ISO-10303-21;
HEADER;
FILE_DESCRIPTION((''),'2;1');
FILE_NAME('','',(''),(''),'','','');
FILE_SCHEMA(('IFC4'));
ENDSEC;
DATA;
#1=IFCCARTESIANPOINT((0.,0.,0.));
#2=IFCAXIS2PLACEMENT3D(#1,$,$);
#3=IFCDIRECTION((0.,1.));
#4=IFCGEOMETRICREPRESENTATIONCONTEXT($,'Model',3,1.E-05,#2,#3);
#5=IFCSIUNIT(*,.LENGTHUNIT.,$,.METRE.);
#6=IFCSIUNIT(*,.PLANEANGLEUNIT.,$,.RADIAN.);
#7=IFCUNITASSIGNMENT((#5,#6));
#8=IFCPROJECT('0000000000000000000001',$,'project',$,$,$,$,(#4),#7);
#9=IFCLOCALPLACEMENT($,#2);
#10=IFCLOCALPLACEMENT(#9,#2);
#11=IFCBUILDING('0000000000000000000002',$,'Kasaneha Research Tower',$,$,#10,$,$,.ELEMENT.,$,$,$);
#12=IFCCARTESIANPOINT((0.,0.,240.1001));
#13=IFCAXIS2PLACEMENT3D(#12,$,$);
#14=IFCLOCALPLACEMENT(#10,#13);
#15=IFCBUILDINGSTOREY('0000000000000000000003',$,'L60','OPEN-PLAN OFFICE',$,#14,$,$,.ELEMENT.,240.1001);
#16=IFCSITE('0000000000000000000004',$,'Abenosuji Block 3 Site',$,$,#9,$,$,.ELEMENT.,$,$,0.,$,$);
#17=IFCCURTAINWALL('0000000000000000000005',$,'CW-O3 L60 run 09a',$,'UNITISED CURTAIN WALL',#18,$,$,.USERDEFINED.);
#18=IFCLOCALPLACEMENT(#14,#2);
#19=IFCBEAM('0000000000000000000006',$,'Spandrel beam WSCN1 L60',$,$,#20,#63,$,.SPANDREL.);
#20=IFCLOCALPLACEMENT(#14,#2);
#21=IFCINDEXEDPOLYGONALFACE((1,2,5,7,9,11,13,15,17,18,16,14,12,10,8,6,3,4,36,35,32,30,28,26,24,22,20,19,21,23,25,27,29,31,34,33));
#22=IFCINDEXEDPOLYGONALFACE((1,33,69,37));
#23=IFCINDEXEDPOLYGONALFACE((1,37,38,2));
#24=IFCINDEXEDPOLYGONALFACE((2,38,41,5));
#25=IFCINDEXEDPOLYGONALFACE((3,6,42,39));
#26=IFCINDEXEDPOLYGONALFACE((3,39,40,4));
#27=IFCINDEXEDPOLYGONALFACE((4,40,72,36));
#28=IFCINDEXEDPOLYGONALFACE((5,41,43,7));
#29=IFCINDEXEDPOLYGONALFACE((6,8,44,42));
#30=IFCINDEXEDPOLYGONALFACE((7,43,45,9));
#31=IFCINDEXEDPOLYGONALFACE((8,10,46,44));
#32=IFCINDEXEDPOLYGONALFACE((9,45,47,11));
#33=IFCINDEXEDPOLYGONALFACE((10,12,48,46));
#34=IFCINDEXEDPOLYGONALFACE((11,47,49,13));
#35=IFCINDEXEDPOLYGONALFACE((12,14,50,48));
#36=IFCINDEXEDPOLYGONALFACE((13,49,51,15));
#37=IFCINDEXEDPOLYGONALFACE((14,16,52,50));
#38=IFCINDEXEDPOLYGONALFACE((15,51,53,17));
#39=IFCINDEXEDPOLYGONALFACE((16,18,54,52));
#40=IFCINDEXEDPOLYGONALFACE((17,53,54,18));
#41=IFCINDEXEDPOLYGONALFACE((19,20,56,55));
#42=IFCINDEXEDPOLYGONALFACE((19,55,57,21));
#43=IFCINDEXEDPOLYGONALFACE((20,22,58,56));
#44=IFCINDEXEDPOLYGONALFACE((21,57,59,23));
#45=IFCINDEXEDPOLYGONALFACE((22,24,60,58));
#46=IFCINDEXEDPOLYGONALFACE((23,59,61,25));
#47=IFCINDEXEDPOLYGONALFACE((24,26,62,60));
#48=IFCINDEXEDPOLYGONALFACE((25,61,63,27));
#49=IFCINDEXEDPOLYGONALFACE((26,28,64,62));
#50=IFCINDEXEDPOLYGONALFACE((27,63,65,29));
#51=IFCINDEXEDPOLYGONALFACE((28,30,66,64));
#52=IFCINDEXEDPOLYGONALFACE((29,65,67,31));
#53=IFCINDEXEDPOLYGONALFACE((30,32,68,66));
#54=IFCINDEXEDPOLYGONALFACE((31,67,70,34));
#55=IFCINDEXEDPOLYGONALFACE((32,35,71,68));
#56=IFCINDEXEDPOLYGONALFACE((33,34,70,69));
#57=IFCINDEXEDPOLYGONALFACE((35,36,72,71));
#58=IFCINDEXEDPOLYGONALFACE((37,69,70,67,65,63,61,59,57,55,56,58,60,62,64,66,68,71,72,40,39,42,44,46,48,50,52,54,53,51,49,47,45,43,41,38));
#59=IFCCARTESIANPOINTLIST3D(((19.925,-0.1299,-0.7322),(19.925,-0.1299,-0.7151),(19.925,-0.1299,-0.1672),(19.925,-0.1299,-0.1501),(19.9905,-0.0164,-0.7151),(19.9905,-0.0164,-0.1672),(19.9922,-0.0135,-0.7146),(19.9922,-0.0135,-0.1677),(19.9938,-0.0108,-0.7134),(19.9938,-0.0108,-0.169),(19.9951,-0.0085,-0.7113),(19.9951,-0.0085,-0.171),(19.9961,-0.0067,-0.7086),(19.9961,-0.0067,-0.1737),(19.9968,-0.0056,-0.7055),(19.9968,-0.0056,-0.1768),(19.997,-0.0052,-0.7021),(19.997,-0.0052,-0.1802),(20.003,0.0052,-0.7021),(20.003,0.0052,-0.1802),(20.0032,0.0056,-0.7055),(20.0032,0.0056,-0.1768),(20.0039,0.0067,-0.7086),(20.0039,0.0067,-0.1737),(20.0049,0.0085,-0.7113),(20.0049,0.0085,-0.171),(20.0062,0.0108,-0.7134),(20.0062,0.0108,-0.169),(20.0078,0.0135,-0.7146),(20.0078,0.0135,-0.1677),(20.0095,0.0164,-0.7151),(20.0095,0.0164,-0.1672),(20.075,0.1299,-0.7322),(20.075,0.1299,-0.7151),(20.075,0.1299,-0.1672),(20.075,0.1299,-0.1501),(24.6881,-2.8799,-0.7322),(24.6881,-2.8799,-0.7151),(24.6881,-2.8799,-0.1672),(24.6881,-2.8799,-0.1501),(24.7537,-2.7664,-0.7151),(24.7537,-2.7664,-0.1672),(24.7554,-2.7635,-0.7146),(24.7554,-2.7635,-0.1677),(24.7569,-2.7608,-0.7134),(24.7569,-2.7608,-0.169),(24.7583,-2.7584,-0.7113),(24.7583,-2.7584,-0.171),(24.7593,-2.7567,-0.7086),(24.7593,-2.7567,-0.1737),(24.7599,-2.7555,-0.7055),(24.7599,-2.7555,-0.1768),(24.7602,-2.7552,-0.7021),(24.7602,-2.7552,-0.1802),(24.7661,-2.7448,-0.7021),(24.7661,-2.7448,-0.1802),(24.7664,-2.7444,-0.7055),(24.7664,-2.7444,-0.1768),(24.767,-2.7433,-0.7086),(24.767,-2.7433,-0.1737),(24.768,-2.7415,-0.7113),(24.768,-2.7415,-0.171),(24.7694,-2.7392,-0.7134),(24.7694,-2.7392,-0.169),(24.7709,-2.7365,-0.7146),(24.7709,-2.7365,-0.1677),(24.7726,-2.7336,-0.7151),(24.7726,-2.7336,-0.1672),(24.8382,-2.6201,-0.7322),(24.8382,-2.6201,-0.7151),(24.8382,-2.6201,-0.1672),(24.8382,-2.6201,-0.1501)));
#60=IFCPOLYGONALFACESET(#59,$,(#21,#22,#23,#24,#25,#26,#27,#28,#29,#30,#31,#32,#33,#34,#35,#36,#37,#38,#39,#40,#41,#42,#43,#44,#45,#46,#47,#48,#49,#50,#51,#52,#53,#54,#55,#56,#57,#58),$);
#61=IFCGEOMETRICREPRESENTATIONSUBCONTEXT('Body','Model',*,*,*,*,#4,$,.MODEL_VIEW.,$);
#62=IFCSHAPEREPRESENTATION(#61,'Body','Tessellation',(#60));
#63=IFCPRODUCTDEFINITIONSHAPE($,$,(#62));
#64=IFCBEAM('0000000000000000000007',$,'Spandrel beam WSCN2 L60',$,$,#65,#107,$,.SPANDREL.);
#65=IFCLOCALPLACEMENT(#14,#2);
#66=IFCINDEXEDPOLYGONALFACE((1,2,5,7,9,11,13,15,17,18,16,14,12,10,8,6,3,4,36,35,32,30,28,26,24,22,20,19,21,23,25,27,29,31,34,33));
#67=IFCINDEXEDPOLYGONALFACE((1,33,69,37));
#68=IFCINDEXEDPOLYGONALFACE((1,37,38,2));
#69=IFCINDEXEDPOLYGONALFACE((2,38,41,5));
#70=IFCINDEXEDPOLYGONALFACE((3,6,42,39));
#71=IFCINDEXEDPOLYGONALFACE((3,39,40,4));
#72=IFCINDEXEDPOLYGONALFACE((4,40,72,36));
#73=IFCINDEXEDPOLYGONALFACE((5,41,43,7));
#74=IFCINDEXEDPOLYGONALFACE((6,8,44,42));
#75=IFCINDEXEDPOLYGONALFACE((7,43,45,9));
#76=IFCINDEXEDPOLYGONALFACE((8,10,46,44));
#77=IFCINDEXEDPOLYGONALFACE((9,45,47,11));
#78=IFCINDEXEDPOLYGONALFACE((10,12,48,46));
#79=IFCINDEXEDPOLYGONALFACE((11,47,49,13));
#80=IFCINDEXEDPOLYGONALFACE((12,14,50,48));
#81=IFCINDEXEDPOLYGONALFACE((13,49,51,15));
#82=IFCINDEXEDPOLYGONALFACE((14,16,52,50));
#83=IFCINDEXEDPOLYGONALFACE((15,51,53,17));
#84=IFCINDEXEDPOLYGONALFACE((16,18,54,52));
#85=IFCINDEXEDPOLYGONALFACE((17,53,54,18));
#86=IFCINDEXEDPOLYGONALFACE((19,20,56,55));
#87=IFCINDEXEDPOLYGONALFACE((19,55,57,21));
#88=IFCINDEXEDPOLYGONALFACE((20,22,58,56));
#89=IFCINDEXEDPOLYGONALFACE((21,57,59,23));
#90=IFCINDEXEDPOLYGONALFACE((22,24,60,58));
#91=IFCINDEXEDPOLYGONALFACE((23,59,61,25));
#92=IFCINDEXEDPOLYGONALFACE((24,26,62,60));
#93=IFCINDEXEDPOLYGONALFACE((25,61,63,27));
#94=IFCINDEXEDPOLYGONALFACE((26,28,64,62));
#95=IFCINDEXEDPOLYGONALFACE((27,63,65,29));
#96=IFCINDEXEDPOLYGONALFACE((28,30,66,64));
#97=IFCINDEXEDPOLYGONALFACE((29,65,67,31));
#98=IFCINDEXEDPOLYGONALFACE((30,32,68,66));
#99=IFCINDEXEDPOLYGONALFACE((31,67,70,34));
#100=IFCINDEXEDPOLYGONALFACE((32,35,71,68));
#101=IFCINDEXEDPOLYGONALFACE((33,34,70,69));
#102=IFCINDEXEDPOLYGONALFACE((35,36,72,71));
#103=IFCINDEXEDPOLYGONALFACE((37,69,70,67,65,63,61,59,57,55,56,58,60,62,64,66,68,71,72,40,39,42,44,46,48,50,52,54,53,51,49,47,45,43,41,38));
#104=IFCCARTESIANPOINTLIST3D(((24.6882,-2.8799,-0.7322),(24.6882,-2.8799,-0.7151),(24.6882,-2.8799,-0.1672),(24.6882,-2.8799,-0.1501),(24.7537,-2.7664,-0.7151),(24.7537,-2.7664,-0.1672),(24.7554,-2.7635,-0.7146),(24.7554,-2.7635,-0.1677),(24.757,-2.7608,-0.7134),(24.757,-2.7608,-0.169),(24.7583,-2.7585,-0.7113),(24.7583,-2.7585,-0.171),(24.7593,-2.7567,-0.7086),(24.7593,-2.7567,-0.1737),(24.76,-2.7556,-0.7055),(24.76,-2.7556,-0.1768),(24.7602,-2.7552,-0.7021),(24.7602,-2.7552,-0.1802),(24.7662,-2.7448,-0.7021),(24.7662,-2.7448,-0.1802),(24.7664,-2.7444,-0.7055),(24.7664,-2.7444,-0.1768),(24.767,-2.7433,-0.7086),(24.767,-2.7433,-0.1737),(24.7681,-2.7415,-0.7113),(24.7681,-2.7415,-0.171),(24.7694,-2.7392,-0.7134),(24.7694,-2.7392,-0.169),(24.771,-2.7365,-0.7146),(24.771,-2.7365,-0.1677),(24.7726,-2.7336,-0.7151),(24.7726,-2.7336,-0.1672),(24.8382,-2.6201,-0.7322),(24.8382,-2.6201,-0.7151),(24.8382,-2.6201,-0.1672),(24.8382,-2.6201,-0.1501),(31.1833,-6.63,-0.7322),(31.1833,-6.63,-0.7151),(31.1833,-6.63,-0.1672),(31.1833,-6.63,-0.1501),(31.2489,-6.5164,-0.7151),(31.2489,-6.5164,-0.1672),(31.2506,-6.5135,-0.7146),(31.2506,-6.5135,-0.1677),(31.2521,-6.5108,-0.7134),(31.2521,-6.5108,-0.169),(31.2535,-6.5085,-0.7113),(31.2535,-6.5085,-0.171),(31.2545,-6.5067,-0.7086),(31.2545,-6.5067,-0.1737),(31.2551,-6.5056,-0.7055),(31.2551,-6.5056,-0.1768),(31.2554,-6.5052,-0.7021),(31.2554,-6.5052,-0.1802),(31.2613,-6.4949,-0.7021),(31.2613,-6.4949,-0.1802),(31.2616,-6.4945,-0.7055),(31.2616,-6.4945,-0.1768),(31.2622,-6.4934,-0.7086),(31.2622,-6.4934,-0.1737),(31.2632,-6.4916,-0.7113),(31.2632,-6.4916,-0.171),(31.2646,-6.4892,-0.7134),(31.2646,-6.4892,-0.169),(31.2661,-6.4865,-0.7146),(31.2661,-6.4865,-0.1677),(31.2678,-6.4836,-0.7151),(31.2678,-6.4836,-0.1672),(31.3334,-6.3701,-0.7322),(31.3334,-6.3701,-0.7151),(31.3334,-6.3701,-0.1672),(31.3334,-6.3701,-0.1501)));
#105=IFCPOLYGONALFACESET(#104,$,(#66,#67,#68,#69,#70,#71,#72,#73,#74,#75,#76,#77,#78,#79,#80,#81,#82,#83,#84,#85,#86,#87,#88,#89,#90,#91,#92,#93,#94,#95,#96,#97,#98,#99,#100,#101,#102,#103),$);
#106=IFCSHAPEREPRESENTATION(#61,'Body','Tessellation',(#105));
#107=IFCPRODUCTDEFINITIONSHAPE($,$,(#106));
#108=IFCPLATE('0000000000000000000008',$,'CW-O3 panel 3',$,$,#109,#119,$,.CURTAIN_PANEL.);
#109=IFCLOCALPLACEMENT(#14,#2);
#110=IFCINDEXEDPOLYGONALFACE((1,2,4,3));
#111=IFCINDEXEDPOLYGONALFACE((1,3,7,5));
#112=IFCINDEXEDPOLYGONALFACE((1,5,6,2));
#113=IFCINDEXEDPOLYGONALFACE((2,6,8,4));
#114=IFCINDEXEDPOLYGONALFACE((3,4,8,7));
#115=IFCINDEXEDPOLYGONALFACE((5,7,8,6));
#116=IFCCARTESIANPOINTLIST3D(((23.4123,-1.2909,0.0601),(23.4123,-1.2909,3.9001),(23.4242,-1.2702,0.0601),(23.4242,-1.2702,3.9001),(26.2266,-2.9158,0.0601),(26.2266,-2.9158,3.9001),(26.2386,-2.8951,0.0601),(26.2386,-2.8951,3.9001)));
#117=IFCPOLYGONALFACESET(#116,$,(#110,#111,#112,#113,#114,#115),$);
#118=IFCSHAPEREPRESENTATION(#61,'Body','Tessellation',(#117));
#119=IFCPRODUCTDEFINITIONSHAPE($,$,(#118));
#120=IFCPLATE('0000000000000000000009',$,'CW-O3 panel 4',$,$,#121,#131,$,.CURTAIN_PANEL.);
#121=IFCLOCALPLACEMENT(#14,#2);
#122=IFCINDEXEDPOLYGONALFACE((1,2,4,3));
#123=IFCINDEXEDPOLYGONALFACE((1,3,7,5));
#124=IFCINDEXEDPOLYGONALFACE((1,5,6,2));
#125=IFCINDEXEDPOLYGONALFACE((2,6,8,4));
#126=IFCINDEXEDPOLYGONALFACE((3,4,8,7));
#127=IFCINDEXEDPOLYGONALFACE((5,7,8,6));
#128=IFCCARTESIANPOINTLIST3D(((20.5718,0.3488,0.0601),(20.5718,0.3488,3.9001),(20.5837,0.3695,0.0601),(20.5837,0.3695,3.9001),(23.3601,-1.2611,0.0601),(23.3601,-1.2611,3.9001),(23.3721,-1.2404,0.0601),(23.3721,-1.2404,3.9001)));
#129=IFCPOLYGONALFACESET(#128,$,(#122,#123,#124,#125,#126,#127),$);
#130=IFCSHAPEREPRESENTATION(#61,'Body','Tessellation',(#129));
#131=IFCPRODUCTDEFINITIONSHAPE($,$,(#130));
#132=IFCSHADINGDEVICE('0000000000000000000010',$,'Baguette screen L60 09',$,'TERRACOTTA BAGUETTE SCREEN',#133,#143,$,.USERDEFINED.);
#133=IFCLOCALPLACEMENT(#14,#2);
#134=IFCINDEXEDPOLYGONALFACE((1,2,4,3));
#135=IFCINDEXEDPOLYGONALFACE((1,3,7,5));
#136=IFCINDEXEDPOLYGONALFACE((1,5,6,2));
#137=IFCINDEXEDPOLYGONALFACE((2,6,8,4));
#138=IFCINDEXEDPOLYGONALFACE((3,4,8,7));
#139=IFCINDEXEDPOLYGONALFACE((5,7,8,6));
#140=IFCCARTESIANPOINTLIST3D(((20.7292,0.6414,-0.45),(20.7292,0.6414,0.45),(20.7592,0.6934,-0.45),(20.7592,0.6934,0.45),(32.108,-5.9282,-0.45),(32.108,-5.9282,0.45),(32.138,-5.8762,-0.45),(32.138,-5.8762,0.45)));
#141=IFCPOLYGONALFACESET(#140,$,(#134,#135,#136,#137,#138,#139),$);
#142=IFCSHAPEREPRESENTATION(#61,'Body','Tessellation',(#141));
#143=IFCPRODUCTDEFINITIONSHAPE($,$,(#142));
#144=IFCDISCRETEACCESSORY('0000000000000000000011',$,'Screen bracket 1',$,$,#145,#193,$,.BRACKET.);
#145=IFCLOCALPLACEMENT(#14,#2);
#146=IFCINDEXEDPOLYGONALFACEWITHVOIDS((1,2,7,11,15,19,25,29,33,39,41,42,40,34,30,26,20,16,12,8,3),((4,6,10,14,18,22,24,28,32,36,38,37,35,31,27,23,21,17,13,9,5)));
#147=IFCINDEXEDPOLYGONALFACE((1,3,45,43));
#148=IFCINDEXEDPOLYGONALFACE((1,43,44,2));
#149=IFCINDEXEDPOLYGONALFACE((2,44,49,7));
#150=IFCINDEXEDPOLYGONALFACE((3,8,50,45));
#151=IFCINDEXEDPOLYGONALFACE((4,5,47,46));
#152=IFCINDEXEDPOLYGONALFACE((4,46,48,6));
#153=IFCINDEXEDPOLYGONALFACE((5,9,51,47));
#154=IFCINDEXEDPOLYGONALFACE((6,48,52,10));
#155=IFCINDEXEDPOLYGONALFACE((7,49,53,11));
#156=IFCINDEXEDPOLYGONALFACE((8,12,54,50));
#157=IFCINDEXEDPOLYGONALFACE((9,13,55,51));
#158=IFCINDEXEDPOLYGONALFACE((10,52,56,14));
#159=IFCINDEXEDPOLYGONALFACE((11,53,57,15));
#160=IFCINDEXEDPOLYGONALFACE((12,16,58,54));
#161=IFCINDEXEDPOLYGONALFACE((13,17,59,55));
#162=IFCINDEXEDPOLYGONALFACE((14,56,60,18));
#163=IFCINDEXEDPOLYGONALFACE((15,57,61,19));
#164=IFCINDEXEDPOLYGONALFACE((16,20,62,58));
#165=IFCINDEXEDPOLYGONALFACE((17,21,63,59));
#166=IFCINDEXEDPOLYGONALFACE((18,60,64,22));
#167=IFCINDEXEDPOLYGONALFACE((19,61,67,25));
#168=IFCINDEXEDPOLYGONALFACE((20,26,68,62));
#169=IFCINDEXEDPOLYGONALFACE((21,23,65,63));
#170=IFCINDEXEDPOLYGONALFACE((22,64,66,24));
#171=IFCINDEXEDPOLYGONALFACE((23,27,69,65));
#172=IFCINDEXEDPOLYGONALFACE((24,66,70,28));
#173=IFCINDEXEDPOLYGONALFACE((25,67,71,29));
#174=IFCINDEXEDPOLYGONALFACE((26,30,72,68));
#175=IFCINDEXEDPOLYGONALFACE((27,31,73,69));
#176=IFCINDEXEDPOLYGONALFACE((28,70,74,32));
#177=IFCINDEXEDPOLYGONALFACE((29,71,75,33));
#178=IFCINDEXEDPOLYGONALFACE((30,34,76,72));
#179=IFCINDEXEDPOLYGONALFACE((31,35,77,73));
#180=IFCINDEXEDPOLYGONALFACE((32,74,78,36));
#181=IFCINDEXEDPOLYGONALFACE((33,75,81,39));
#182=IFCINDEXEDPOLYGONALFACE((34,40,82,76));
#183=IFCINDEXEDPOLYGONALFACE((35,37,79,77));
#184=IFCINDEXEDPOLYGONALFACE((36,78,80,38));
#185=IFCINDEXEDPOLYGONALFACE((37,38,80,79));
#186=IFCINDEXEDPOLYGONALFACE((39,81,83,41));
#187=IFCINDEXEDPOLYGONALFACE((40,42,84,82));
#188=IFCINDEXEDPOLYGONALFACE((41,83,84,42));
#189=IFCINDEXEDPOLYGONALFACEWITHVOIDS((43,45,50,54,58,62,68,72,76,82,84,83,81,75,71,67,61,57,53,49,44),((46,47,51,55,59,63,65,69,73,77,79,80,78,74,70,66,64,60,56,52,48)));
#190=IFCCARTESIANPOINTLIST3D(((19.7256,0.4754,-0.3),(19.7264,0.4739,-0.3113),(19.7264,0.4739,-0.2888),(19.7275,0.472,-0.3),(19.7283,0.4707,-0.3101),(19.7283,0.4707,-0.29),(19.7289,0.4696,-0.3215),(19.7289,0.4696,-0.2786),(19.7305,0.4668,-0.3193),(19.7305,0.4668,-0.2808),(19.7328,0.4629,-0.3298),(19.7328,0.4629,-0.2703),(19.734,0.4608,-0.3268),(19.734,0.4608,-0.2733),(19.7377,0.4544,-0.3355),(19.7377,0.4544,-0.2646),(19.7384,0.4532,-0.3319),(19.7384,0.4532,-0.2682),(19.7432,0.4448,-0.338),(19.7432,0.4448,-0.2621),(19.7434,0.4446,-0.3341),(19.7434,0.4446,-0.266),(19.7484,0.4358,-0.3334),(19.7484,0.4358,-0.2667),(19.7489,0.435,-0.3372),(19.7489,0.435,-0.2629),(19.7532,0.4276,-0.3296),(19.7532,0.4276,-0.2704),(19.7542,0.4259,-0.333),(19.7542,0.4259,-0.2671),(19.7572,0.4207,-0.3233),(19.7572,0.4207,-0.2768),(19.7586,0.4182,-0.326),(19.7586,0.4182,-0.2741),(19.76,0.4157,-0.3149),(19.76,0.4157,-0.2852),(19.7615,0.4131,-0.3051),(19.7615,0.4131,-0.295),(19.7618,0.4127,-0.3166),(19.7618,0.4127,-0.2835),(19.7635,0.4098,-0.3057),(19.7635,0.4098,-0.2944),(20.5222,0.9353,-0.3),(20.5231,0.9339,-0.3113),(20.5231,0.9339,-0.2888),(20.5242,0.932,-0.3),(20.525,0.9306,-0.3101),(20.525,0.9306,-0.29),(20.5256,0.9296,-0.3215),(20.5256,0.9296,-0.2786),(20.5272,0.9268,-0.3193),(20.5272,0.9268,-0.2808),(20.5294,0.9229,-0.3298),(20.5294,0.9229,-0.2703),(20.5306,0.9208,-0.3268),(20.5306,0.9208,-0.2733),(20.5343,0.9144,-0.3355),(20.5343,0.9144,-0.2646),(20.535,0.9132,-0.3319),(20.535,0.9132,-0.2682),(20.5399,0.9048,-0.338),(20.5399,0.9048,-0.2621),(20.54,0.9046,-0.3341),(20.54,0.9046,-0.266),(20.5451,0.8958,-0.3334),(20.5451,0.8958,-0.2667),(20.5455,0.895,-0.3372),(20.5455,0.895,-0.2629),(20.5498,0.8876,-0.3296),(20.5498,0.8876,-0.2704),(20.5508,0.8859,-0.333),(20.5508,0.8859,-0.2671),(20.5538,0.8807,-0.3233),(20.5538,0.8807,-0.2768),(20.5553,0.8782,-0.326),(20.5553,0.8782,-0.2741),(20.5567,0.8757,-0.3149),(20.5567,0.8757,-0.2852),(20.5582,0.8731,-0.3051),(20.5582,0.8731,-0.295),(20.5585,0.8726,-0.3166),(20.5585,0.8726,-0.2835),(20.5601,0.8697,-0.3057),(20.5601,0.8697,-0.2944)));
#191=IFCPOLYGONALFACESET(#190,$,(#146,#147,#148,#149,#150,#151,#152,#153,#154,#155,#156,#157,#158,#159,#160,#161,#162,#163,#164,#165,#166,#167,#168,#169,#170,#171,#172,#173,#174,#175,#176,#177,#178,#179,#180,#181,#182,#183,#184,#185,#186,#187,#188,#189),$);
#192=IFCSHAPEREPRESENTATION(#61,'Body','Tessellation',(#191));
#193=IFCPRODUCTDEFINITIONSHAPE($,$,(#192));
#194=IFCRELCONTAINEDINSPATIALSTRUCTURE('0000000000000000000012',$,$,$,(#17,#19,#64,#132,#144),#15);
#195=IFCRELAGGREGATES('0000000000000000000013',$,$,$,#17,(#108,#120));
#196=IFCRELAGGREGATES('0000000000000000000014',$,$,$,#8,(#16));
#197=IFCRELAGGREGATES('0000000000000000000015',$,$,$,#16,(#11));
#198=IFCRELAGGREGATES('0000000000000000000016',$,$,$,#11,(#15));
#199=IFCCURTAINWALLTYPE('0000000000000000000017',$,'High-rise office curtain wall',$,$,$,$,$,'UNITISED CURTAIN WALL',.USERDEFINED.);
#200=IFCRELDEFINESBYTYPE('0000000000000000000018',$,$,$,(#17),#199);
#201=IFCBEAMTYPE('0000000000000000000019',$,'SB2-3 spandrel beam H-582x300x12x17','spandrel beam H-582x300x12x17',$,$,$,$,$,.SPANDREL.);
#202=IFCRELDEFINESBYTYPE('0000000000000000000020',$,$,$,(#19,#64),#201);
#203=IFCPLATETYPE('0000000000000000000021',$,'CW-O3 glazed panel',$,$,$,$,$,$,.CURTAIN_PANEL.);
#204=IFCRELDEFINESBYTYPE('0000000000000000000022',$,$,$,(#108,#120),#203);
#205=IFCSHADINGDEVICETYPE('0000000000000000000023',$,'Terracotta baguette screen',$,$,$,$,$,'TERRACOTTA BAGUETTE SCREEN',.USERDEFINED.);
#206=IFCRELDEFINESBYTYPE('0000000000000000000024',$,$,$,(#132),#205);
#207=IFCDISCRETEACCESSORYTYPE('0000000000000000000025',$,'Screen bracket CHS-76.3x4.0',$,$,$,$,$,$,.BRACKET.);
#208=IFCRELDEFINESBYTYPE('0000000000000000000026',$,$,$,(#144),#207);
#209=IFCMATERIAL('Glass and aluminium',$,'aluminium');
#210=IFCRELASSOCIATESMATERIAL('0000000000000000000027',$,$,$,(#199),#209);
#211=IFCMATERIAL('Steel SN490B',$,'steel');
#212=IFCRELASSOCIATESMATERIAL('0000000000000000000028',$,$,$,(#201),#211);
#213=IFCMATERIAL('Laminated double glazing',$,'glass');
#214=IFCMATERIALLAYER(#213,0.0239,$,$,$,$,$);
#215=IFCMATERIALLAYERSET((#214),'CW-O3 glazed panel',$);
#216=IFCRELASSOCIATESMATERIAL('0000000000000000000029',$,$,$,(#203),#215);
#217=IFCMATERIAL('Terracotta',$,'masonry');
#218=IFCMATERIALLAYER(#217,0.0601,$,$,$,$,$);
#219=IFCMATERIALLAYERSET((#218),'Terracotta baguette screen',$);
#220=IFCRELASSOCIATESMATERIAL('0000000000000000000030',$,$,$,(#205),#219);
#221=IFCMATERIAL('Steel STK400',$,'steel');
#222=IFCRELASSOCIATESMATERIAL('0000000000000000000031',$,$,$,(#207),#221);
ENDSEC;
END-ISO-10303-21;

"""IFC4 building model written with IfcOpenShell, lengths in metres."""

from ifc_helpers import new_model, si_unit, direction, frame, origin, origin_2d, place, context, subcontext, project, spatial, rectangle, hollow_circle, i_section, extrude, material, layer, layer_set, material_profile, profile_set, type_object, element, aggregate, save


model = new_model("IFC4")

# Units and contexts
model_context = context("Model", 3, precision=1e-05, world=origin(), true_north=direction((0.0, 1.0)))
body_context = subcontext(model_context, "Body", "Model", "MODEL_VIEW")
ifc_project = project(units=[si_unit("LENGTHUNIT", "METRE"), si_unit("PLANEANGLEUNIT", "RADIAN")], contexts=[model_context])

# Site, building, storey
site_placement = place(None, origin())
site = spatial("IfcSite", under=ifc_project, at=site_placement, Name="Abenosuji Block 3 Site", CompositionType="ELEMENT", RefElevation=0.0)
building_placement = place(site_placement, origin())
building = spatial("IfcBuilding", under=site, at=building_placement, Name="Kasaneha Research Tower", CompositionType="ELEMENT")
storey_placement = place(building_placement, frame((0.0, 0.0, 240.1001)))
storey = spatial("IfcBuildingStorey", under=building, at=storey_placement, Name="L60", Description="OPEN-PLAN OFFICE", CompositionType="ELEMENT", Elevation=240.1001)

# Shared definitions
ifc_material_1 = material(Name="Glass and aluminium", Category="aluminium")
curtain_wall_type = type_object("IfcCurtainWallType", Name="High-rise office curtain wall", ElementType="UNITISED CURTAIN WALL", PredefinedType="USERDEFINED", material=ifc_material_1)

# Curtain wall
curtain_wall_1_placement = place(storey_placement, origin())
curtain_wall_1 = element("IfcCurtainWall", 1, at=curtain_wall_1_placement, inside=storey, type_object=curtain_wall_type, Name="CW-O3 L60 run 09a", ObjectType="UNITISED CURTAIN WALL", PredefinedType="USERDEFINED")

# Beams
ifc_material_2 = material(Name="Steel SN490B", Category="steel")
ifc_material_profile_1 = material_profile(ifc_material_2, i_section(OverallWidth=0.3, OverallDepth=0.582, WebThickness=0.012, FlangeThickness=0.0171, FilletRadius=0.0129, at=origin_2d()), Name="H-582x300x12x17")
ifc_profile_set_1 = profile_set([ifc_material_profile_1], Name="Steel SN490B")
beam_type_1 = type_object("IfcBeamType", Name="SB2-3 spandrel beam H-582x300x12x17", Description="spandrel beam H-582x300x12x17", PredefinedType="SPANDREL", material=ifc_profile_set_1)
beam_1_placement = place(storey_placement, frame((20.0, 0.0, -0.4412), z_axis=(0.866027, -0.499997, 0.0), x_axis=(0.499997, 0.866027, 0.0)))
element("IfcBeam", 2, at=beam_1_placement, inside=storey, type_object=beam_type_1, Name="Spandrel beam WSCN1 L60", PredefinedType="SPANDREL", context=body_context, shape_type="SweptSolid", body=[
    extrude(i_section(OverallWidth=0.3, OverallDepth=0.582, WebThickness=0.012, FlangeThickness=0.0171, FilletRadius=0.0129, at=origin_2d()), origin(), (0.0, 0.0, 1.0), 5.5),
])
beam_2_placement = place(storey_placement, frame((24.7632, -2.75, -0.4412), z_axis=(0.866023, -0.500004, 0.0), x_axis=(0.500004, 0.866023, 0.0)))
element("IfcBeam", 3, at=beam_2_placement, inside=storey, type_object=beam_type_1, Name="Spandrel beam WSCN2 L60", PredefinedType="SPANDREL", context=body_context, shape_type="SweptSolid", body=[
    extrude(i_section(OverallWidth=0.3, OverallDepth=0.582, WebThickness=0.012, FlangeThickness=0.0171, FilletRadius=0.0129, at=origin_2d()), origin(), (0.0, 0.0, 1.0), 7.5),
])

# Plates
ifc_material_3 = material(Name="Laminated double glazing", Category="glass")
ifc_layer_1 = layer(ifc_material_3, 0.0239)
ifc_layer_set_1 = layer_set([ifc_layer_1], Name="CW-O3 glazed panel")
plate_type = type_object("IfcPlateType", Name="CW-O3 glazed panel", PredefinedType="CURTAIN_PANEL", material=ifc_layer_set_1)
plate_1_placement = place(storey_placement, frame((24.8254, -2.093, 0.0601), z_axis=(0.0, 0.0, 1.0), x_axis=(-0.866025, 0.5, 0.0)))
plate_1 = element("IfcPlate", 4, at=plate_1_placement, type_object=plate_type, Name="CW-O3 panel 3", PredefinedType="CURTAIN_PANEL", context=body_context, shape_type="SweptSolid", body=[
    extrude(rectangle(XDim=3.2498, YDim=0.0239, at=origin_2d()), origin(), (0.0, 0.0, 1.0), 3.8401),
])
plate_2_placement = place(storey_placement, frame((21.9719, -0.4458, 0.0601), z_axis=(0.0, 0.0, 1.0), x_axis=(-0.866025, 0.5, 0.0)))
plate_2 = element("IfcPlate", 5, at=plate_2_placement, type_object=plate_type, Name="CW-O3 panel 4", PredefinedType="CURTAIN_PANEL", context=body_context, shape_type="SweptSolid", body=[
    extrude(rectangle(XDim=3.2197, YDim=0.0239, at=origin_2d()), origin(), (0.0, 0.0, 1.0), 3.8401),
])
aggregate(curtain_wall_1, [plate_1, plate_2])

# Shading device
ifc_material_4 = material(Name="Terracotta", Category="masonry")
ifc_layer_2 = layer(ifc_material_4, 0.0601)
ifc_layer_set_2 = layer_set([ifc_layer_2], Name="Terracotta baguette screen")
shading_device_type = type_object("IfcShadingDeviceType", Name="Terracotta baguette screen", ElementType="TERRACOTTA BAGUETTE SCREEN", PredefinedType="USERDEFINED", material=ifc_layer_set_2)
shading_device_placement = place(storey_placement, frame((26.4336, -2.6174, -0.45), z_axis=(0.0, 0.0, 1.0), x_axis=(-0.866025, 0.5, 0.0)))
element("IfcShadingDevice", 6, at=shading_device_placement, inside=storey, type_object=shading_device_type, Name="Baguette screen L60 09", ObjectType="TERRACOTTA BAGUETTE SCREEN", PredefinedType="USERDEFINED", context=body_context, shape_type="SweptSolid", body=[
    extrude(rectangle(XDim=13.1392, YDim=0.0601, at=origin_2d()), origin(), (0.0, 0.0, 1.0), 0.8999),
])

# Discrete accessory
ifc_material_5 = material(Name="Steel STK400", Category="steel")
ifc_material_profile_2 = material_profile(ifc_material_5, hollow_circle(Radius=0.0381, WallThickness=0.0039, at=origin_2d()), Name="CHS-76.3x4.0")
ifc_profile_set_2 = profile_set([ifc_material_profile_2], Name="Steel STK400")
discrete_accessory_type = type_object("IfcDiscreteAccessoryType", Name="Screen bracket CHS-76.3x4.0", PredefinedType="BRACKET", material=ifc_profile_set_2)
for number, where, z_axis, x_axis, name in (
    (7, (19.7446, 0.4424, -0.3), (0.866013, 0.500021, 0.0), (-0.500021, 0.866013, 0.0), "Screen bracket 1"),
):
    element("IfcDiscreteAccessory", number, at=place(storey_placement, frame(where, z_axis=z_axis, x_axis=x_axis)), inside=storey, type_object=discrete_accessory_type, Name=name, PredefinedType="BRACKET", context=body_context, shape_type="SweptSolid", body=[
        extrude(hollow_circle(Radius=0.0381, WallThickness=0.0039, at=origin_2d()), origin(), (0.0, 0.0, 1.0), 0.9199),
    ])

save(model, "model.ifc")
